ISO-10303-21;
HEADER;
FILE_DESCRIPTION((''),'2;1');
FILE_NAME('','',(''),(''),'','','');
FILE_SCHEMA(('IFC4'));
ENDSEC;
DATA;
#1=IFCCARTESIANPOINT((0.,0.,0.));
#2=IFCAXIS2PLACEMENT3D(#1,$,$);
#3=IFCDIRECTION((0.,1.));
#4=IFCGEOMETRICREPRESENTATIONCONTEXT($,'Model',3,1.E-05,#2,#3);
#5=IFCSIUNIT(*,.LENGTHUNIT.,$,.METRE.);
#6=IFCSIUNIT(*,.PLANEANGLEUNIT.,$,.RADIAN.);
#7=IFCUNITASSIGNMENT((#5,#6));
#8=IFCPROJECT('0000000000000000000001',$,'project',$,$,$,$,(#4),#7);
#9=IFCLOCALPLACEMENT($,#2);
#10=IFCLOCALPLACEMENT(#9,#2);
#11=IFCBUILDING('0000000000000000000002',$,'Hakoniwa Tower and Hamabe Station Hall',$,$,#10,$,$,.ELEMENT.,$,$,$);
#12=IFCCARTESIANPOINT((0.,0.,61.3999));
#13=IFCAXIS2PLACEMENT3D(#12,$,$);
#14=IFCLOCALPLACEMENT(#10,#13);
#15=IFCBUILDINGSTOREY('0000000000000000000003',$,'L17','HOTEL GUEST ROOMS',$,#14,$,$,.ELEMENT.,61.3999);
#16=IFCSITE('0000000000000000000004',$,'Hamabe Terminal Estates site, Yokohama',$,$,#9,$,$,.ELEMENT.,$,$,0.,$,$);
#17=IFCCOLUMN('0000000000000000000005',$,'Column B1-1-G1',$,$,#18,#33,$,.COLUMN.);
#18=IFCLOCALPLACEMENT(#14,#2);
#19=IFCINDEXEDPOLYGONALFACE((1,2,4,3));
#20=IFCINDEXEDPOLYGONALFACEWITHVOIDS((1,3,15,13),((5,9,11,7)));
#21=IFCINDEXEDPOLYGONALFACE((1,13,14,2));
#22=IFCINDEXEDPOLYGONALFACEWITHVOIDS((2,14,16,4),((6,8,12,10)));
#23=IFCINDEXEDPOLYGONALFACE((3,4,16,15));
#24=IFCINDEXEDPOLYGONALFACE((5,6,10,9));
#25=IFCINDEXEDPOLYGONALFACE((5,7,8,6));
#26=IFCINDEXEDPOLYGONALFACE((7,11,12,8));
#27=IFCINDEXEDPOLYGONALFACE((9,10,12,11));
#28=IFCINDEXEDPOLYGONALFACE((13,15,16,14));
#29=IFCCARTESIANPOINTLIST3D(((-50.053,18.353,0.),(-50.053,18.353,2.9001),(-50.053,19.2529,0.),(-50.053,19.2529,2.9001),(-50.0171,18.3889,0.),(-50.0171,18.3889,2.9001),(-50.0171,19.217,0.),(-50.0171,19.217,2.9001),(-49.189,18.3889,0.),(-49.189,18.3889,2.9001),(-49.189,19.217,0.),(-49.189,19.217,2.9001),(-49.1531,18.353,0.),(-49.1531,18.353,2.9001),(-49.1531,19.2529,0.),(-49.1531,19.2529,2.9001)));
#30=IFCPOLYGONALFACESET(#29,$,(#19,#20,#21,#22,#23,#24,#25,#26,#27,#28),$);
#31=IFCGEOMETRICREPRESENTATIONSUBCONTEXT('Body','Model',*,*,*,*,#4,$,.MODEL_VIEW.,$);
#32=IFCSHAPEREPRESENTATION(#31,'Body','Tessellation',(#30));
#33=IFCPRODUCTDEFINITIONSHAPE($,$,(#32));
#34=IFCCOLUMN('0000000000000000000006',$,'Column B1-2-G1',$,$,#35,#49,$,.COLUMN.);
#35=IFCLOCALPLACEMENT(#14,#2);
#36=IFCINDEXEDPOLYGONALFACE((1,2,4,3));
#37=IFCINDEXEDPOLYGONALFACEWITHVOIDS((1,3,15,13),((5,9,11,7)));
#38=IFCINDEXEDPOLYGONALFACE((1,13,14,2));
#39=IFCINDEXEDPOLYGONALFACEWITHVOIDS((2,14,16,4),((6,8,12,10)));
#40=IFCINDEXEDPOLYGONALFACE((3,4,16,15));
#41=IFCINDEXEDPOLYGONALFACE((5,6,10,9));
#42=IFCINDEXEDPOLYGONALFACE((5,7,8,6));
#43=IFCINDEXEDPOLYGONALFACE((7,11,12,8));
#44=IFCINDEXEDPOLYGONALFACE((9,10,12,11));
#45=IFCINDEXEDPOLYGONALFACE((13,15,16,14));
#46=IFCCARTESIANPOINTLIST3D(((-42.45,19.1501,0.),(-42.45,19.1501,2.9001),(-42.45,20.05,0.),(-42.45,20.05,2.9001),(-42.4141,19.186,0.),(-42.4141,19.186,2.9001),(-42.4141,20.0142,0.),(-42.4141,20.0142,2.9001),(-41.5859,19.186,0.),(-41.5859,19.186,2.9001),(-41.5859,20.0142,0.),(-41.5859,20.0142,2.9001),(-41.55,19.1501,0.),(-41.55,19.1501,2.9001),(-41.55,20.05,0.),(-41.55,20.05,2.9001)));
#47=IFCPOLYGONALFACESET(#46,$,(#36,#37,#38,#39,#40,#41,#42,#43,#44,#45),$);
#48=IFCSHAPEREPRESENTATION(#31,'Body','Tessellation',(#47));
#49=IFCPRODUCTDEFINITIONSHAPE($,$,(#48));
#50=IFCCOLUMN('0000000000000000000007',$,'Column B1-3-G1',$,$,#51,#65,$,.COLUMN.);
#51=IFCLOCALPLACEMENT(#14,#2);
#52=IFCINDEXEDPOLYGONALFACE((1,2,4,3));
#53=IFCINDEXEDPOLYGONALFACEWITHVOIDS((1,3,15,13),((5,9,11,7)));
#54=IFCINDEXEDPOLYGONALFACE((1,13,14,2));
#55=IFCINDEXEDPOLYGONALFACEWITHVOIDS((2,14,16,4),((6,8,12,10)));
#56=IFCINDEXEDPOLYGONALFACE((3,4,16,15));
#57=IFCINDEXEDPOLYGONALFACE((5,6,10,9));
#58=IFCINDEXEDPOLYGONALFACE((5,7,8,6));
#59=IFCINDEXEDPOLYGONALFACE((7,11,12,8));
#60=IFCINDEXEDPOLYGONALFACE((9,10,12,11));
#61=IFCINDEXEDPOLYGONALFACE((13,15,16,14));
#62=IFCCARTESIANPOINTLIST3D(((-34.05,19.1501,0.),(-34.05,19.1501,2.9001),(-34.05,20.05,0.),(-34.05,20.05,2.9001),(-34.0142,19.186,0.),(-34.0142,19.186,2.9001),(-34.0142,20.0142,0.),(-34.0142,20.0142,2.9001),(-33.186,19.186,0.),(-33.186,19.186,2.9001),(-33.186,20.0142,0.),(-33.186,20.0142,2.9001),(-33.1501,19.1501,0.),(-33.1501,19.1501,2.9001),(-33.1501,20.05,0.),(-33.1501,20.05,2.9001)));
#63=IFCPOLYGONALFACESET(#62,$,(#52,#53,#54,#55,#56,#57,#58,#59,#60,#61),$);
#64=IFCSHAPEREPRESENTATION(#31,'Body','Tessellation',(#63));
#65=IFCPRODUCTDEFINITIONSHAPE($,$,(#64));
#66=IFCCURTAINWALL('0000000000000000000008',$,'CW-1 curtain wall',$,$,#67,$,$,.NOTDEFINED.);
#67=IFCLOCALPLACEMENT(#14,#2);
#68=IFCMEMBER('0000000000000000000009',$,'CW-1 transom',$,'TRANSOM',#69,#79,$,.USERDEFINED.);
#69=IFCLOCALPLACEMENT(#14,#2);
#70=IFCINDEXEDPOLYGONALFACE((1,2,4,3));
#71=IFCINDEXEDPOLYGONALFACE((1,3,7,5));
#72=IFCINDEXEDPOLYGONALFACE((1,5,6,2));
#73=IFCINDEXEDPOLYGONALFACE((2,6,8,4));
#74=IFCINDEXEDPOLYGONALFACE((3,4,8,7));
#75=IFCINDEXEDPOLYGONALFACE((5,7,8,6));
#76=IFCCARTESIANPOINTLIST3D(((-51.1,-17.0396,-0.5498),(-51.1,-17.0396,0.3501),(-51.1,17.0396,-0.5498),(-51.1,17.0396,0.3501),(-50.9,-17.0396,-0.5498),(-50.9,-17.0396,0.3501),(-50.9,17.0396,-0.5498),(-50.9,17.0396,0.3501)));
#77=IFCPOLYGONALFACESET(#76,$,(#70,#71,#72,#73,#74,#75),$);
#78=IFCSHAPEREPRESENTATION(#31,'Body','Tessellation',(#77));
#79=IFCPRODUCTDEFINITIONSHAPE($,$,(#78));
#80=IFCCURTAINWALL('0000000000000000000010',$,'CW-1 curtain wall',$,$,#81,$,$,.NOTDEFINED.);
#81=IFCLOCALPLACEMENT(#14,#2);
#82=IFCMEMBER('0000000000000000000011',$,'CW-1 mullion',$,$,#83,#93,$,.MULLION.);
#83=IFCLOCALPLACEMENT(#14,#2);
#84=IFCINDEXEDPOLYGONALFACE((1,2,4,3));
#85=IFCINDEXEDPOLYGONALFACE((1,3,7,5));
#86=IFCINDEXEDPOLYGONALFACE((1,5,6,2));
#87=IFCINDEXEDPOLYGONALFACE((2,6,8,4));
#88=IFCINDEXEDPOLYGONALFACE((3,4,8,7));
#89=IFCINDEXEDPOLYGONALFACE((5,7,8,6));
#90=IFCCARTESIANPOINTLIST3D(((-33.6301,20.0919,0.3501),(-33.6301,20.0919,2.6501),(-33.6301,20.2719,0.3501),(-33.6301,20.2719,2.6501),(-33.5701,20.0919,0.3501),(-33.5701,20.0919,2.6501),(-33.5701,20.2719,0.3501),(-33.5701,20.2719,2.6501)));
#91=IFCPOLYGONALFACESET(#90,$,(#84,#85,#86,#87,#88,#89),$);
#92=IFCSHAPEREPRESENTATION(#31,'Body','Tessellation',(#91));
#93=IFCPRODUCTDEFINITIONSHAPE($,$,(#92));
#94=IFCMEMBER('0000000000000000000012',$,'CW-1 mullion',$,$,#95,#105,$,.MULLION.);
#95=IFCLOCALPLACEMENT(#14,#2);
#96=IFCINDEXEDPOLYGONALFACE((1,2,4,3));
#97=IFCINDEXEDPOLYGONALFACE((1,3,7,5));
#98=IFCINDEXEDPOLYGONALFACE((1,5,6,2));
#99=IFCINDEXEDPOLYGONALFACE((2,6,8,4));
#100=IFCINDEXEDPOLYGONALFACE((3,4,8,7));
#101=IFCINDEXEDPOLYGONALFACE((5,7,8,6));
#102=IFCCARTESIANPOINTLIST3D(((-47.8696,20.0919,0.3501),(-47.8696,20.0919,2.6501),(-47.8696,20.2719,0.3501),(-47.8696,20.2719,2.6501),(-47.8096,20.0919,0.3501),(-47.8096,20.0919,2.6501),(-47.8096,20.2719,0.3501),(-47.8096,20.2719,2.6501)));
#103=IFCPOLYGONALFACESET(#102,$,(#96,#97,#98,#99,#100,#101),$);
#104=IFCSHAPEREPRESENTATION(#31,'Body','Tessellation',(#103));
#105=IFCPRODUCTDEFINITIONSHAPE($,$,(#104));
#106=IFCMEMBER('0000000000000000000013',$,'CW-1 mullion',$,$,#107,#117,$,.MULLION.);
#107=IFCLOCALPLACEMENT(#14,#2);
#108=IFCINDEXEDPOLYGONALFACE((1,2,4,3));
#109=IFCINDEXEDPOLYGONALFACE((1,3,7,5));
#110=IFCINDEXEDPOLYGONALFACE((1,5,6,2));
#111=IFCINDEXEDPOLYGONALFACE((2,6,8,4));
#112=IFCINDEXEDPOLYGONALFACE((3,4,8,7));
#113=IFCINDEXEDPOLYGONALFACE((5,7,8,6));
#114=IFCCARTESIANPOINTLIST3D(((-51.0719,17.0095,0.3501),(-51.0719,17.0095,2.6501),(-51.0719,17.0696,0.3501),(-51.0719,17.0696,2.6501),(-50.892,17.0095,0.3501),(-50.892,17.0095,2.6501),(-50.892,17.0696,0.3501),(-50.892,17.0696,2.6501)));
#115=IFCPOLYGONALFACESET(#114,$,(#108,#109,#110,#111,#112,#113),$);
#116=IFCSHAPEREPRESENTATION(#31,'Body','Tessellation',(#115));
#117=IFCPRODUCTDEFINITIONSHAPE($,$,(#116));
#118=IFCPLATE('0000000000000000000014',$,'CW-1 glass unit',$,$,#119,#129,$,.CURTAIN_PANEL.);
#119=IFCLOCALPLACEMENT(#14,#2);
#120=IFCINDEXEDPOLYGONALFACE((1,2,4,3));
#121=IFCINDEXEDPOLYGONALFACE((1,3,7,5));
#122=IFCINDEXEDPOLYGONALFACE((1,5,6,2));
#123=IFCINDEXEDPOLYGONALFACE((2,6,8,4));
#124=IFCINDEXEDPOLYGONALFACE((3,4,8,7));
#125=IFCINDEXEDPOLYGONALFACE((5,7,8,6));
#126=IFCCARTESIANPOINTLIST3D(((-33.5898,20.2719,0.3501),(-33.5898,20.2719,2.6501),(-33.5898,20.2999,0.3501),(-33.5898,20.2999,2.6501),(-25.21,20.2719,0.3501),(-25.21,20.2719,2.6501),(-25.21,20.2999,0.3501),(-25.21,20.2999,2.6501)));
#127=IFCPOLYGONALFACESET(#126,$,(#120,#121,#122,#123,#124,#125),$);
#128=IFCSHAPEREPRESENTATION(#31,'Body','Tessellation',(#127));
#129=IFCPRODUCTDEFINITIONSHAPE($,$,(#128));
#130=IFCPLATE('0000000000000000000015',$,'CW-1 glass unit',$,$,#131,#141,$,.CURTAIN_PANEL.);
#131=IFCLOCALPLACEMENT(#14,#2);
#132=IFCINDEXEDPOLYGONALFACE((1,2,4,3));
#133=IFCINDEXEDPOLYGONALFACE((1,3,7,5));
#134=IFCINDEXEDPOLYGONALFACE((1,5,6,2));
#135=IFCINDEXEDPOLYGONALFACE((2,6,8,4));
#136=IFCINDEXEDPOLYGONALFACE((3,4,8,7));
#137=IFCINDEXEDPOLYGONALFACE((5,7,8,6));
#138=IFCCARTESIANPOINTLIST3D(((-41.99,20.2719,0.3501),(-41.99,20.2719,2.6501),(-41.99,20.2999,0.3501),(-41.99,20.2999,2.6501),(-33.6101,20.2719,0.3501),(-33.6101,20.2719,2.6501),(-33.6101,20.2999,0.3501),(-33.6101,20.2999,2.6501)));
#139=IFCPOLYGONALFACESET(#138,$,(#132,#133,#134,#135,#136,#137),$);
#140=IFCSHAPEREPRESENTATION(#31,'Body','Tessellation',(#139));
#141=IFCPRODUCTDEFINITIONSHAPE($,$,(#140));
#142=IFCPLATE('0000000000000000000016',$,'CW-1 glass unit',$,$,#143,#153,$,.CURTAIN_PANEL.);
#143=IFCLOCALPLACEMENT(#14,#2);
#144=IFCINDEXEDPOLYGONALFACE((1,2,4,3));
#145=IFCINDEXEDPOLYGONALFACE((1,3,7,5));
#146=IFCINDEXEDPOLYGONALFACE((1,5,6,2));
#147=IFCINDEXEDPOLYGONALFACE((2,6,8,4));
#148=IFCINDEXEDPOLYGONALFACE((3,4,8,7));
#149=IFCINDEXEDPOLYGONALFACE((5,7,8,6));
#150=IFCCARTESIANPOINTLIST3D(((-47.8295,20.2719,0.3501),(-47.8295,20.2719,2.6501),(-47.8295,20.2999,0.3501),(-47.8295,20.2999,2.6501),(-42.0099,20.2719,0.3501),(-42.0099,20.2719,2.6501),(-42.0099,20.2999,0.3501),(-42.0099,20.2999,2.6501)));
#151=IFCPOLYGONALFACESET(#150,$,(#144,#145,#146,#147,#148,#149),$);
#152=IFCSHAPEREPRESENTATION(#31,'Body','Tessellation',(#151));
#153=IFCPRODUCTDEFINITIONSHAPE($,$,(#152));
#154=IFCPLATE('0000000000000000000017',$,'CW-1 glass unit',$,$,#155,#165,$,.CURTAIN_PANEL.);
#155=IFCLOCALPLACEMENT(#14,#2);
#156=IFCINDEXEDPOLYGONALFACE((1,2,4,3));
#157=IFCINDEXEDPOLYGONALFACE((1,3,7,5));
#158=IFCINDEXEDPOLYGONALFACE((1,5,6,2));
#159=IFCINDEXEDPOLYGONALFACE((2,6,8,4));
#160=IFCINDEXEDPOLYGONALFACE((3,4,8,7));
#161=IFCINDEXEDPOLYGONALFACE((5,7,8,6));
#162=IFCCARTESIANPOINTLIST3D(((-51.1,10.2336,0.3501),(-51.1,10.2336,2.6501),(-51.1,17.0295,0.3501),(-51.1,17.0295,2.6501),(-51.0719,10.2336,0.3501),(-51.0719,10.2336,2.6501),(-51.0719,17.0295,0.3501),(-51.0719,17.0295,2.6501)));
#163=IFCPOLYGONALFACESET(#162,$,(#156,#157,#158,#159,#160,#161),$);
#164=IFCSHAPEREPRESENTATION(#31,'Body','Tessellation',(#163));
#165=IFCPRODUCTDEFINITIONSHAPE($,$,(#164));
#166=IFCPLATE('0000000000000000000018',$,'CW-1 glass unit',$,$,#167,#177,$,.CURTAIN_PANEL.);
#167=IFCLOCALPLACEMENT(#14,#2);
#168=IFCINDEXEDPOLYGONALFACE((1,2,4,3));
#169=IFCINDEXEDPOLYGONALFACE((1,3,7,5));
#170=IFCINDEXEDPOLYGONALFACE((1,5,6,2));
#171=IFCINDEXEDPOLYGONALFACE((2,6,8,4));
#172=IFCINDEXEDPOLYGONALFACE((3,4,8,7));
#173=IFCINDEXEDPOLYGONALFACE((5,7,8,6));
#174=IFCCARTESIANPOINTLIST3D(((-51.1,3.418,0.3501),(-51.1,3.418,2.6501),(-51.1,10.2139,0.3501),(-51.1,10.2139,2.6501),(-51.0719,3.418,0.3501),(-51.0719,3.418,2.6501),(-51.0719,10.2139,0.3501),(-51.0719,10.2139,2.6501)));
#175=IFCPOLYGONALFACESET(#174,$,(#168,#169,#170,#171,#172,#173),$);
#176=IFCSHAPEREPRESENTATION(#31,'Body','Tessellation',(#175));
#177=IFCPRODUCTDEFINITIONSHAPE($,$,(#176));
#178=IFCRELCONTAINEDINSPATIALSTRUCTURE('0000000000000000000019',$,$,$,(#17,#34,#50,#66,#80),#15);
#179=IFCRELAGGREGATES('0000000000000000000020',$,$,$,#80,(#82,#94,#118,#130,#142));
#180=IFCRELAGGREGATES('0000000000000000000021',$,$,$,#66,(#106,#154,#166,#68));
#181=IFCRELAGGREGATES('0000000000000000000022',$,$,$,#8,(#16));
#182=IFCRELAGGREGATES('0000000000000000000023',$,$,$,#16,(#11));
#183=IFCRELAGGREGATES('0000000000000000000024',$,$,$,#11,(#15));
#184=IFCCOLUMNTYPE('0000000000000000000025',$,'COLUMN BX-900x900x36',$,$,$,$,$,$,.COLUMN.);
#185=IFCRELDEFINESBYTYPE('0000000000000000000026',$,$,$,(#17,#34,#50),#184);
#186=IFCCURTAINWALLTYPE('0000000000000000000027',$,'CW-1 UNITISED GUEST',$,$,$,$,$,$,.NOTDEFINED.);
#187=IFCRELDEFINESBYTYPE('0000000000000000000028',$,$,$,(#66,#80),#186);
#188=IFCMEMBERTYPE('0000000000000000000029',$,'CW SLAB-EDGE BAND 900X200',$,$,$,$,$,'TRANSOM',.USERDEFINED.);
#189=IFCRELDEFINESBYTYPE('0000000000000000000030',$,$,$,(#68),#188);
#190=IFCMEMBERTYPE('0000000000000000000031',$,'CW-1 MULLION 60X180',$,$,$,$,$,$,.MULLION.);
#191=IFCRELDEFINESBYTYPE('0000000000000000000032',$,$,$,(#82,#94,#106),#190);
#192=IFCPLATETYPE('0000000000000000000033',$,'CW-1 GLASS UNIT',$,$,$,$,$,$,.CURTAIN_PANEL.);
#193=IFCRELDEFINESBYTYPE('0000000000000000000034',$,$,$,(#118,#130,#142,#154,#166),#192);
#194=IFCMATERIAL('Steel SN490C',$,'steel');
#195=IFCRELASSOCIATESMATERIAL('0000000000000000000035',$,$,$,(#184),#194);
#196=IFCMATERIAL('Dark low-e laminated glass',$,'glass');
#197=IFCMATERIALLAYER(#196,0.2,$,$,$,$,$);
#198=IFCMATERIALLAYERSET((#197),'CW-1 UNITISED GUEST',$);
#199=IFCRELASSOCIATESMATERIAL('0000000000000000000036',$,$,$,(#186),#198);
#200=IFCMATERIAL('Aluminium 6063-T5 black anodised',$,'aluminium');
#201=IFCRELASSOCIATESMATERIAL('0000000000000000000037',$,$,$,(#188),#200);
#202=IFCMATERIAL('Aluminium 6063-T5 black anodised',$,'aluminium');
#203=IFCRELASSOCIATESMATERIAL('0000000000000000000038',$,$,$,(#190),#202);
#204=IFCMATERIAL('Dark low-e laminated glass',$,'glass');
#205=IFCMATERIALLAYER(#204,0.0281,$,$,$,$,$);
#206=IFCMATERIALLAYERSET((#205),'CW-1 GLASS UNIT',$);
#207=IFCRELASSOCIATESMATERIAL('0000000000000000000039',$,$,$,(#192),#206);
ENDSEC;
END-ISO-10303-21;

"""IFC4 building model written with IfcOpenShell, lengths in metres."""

from ifc_helpers import new_model, si_unit, direction, frame, origin, origin_2d, place, context, subcontext, project, spatial, rectangle, hollow_rectangle, extrude, material, layer, layer_set, material_profile, profile_set, type_object, element, aggregate, save


model = new_model("IFC4")

# Units and contexts
model_context = context("Model", 3, precision=1e-05, world=origin(), true_north=direction((0.0, 1.0)))
body_context = subcontext(model_context, "Body", "Model", "MODEL_VIEW")
ifc_project = project(units=[si_unit("LENGTHUNIT", "METRE"), si_unit("PLANEANGLEUNIT", "RADIAN")], contexts=[model_context])

# Site, building, storey
site_placement = place(None, origin())
site = spatial("IfcSite", under=ifc_project, at=site_placement, Name="Hamabe Terminal Estates site, Yokohama", CompositionType="ELEMENT", RefElevation=0.0)
building_placement = place(site_placement, origin())
building = spatial("IfcBuilding", under=site, at=building_placement, Name="Hakoniwa Tower and Hamabe Station Hall", CompositionType="ELEMENT")
storey_placement = place(building_placement, frame((0.0, 0.0, 61.3999)))
storey = spatial("IfcBuildingStorey", under=building, at=storey_placement, Name="L17", Description="HOTEL GUEST ROOMS", CompositionType="ELEMENT", Elevation=61.3999)

# Columns
ifc_material_1 = material(Name="Steel SN490C", Category="steel")
ifc_material_profile_1 = material_profile(ifc_material_1, hollow_rectangle(XDim=0.8999, YDim=0.8999, WallThickness=0.0359, at=origin_2d()), Name="BX-900x900x36")
ifc_profile_set_1 = profile_set([ifc_material_profile_1], Name="Steel SN490C")
column_type = type_object("IfcColumnType", Name="COLUMN BX-900x900x36", PredefinedType="COLUMN", material=ifc_profile_set_1)
for number, where, z_axis, x_axis, name in (
    (1, (-49.603, 18.803, 0.0), (0.0, 0.0, 1.0), (1.0, 0.0, 0.0), "Column B1-1-G1"),
    (2, (-42.0, 19.6001, 0.0), (0.0, 0.0, 1.0), (1.0, 0.0, 0.0), "Column B1-2-G1"),
    (3, (-33.6001, 19.6001, 0.0), (0.0, 0.0, 1.0), (1.0, 0.0, 0.0), "Column B1-3-G1"),
):
    element("IfcColumn", number, at=place(storey_placement, frame(where, z_axis=z_axis, x_axis=x_axis)), inside=storey, type_object=column_type, Name=name, PredefinedType="COLUMN", context=body_context, shape_type="SweptSolid", body=[
        extrude(hollow_rectangle(XDim=0.8999, YDim=0.8999, WallThickness=0.0359, at=origin_2d()), origin(), (0.0, 0.0, 1.0), 2.9001),
    ])

# Curtain wall, member
ifc_material_2 = material(Name="Dark low-e laminated glass", Category="glass")
ifc_layer_1 = layer(ifc_material_2, 0.2)
ifc_layer_set_1 = layer_set([ifc_layer_1], Name="CW-1 UNITISED GUEST")
curtain_wall_type = type_object("IfcCurtainWallType", Name="CW-1 UNITISED GUEST", PredefinedType="NOTDEFINED", material=ifc_layer_set_1)
curtain_wall_1_placement = place(storey_placement, origin())
curtain_wall_1 = element("IfcCurtainWall", 4, at=curtain_wall_1_placement, inside=storey, type_object=curtain_wall_type, Name="CW-1 curtain wall", PredefinedType="NOTDEFINED")
ifc_material_3 = material(Name="Aluminium 6063-T5 black anodised", Category="aluminium")
ifc_material_profile_2 = material_profile(ifc_material_3, rectangle(XDim=0.2, YDim=0.8999, at=origin_2d()), Name="CW SLAB-EDGE BAND 900X200")
ifc_profile_set_2 = profile_set([ifc_material_profile_2], Name="Aluminium 6063-T5 black anodised")
member_type_1 = type_object("IfcMemberType", Name="CW SLAB-EDGE BAND 900X200", ElementType="TRANSOM", PredefinedType="USERDEFINED", material=ifc_profile_set_2)
member_1_placement = place(storey_placement, frame((-51.0, 17.0396, -0.0999), z_axis=(0.0, -1.0, 0.0), x_axis=(1.0, 0.0, 0.0)))
member_1 = element("IfcMember", 5, at=member_1_placement, type_object=member_type_1, Name="CW-1 transom", ObjectType="TRANSOM", PredefinedType="USERDEFINED", context=body_context, shape_type="SweptSolid", body=[
    extrude(rectangle(XDim=0.2, YDim=0.8999, at=origin_2d()), origin(), (0.0, 0.0, 1.0), 34.0791),
])

# Curtain wall, members
curtain_wall_2_placement = place(storey_placement, origin())
curtain_wall_2 = element("IfcCurtainWall", 6, at=curtain_wall_2_placement, inside=storey, type_object=curtain_wall_type, Name="CW-1 curtain wall", PredefinedType="NOTDEFINED")
ifc_material_4 = material(Name="Aluminium 6063-T5 black anodised", Category="aluminium")
ifc_material_profile_3 = material_profile(ifc_material_4, rectangle(XDim=0.0601, YDim=0.1799, at=origin_2d()), Name="CW-1 MULLION 60X180")
ifc_profile_set_3 = profile_set([ifc_material_profile_3], Name="Aluminium 6063-T5 black anodised")
member_type_2 = type_object("IfcMemberType", Name="CW-1 MULLION 60X180", PredefinedType="MULLION", material=ifc_profile_set_3)
member_2_placement = place(storey_placement, frame((-33.6001, 20.1819, 0.3501), z_axis=(0.0, 0.0, 1.0), x_axis=(-1.0, 0.0, 0.0)))
member_2 = element("IfcMember", 7, at=member_2_placement, type_object=member_type_2, Name="CW-1 mullion", PredefinedType="MULLION", context=body_context, shape_type="SweptSolid", body=[
    extrude(rectangle(XDim=0.0601, YDim=0.1799, at=origin_2d()), origin(), (0.0, 0.0, 1.0), 2.3),
])
member_3_placement = place(storey_placement, frame((-47.8396, 20.1819, 0.3501), z_axis=(0.0, 0.0, 1.0), x_axis=(-1.0, 0.0, 0.0)))
member_3 = element("IfcMember", 8, at=member_3_placement, type_object=member_type_2, Name="CW-1 mullion", PredefinedType="MULLION", context=body_context, shape_type="SweptSolid", body=[
    extrude(rectangle(XDim=0.0601, YDim=0.1799, at=origin_2d()), origin(), (0.0, 0.0, 1.0), 2.3),
])

# Member
member_4_placement = place(storey_placement, frame((-50.9819, 17.0396, 0.3501), z_axis=(0.0, 0.0, 1.0), x_axis=(0.0, -1.0, 0.0)))
member_4 = element("IfcMember", 9, at=member_4_placement, type_object=member_type_2, Name="CW-1 mullion", PredefinedType="MULLION", context=body_context, shape_type="SweptSolid", body=[
    extrude(rectangle(XDim=0.0601, YDim=0.1799, at=origin_2d()), origin(), (0.0, 0.0, 1.0), 2.3),
])

# Plates
ifc_material_5 = material(Name="Dark low-e laminated glass", Category="glass")
ifc_layer_2 = layer(ifc_material_5, 0.0281)
ifc_layer_set_2 = layer_set([ifc_layer_2], Name="CW-1 GLASS UNIT")
plate_type = type_object("IfcPlateType", Name="CW-1 GLASS UNIT", PredefinedType="CURTAIN_PANEL", material=ifc_layer_set_2)
plate_1_placement = place(storey_placement, frame((-29.3999, 20.2859, 0.3501), z_axis=(0.0, 0.0, 1.0), x_axis=(-1.0, 0.0, 0.0)))
plate_1 = element("IfcPlate", 10, at=plate_1_placement, type_object=plate_type, Name="CW-1 glass unit", PredefinedType="CURTAIN_PANEL", context=body_context, shape_type="SweptSolid", body=[
    extrude(rectangle(XDim=8.3799, YDim=0.0281, at=origin_2d()), origin(), (0.0, 0.0, 1.0), 2.3),
])
plate_2_placement = place(storey_placement, frame((-37.8, 20.2859, 0.3501), z_axis=(0.0, 0.0, 1.0), x_axis=(-1.0, 0.0, 0.0)))
plate_2 = element("IfcPlate", 11, at=plate_2_placement, type_object=plate_type, Name="CW-1 glass unit", PredefinedType="CURTAIN_PANEL", context=body_context, shape_type="SweptSolid", body=[
    extrude(rectangle(XDim=8.3799, YDim=0.0281, at=origin_2d()), origin(), (0.0, 0.0, 1.0), 2.3),
])
plate_3_placement = place(storey_placement, frame((-44.9197, 20.2859, 0.3501), z_axis=(0.0, 0.0, 1.0), x_axis=(-1.0, 0.0, 0.0)))
plate_3 = element("IfcPlate", 12, at=plate_3_placement, type_object=plate_type, Name="CW-1 glass unit", PredefinedType="CURTAIN_PANEL", context=body_context, shape_type="SweptSolid", body=[
    extrude(rectangle(XDim=5.8196, YDim=0.0281, at=origin_2d()), origin(), (0.0, 0.0, 1.0), 2.3),
])
aggregate(curtain_wall_2, [member_2, member_3, plate_1, plate_2, plate_3])
plate_4_placement = place(storey_placement, frame((-51.0859, 13.6316, 0.3501), z_axis=(0.0, 0.0, 1.0), x_axis=(0.0, -1.0, 0.0)))
plate_4 = element("IfcPlate", 13, at=plate_4_placement, type_object=plate_type, Name="CW-1 glass unit", PredefinedType="CURTAIN_PANEL", context=body_context, shape_type="SweptSolid", body=[
    extrude(rectangle(XDim=6.7959, YDim=0.0281, at=origin_2d()), origin(), (0.0, 0.0, 1.0), 2.3),
])
plate_5_placement = place(storey_placement, frame((-51.0859, 6.8159, 0.3501), z_axis=(0.0, 0.0, 1.0), x_axis=(0.0, -1.0, 0.0)))
plate_5 = element("IfcPlate", 14, at=plate_5_placement, type_object=plate_type, Name="CW-1 glass unit", PredefinedType="CURTAIN_PANEL", context=body_context, shape_type="SweptSolid", body=[
    extrude(rectangle(XDim=6.7959, YDim=0.0281, at=origin_2d()), origin(), (0.0, 0.0, 1.0), 2.3),
])
aggregate(curtain_wall_1, [member_4, plate_4, plate_5, member_1])

save(model, "model.ifc")
